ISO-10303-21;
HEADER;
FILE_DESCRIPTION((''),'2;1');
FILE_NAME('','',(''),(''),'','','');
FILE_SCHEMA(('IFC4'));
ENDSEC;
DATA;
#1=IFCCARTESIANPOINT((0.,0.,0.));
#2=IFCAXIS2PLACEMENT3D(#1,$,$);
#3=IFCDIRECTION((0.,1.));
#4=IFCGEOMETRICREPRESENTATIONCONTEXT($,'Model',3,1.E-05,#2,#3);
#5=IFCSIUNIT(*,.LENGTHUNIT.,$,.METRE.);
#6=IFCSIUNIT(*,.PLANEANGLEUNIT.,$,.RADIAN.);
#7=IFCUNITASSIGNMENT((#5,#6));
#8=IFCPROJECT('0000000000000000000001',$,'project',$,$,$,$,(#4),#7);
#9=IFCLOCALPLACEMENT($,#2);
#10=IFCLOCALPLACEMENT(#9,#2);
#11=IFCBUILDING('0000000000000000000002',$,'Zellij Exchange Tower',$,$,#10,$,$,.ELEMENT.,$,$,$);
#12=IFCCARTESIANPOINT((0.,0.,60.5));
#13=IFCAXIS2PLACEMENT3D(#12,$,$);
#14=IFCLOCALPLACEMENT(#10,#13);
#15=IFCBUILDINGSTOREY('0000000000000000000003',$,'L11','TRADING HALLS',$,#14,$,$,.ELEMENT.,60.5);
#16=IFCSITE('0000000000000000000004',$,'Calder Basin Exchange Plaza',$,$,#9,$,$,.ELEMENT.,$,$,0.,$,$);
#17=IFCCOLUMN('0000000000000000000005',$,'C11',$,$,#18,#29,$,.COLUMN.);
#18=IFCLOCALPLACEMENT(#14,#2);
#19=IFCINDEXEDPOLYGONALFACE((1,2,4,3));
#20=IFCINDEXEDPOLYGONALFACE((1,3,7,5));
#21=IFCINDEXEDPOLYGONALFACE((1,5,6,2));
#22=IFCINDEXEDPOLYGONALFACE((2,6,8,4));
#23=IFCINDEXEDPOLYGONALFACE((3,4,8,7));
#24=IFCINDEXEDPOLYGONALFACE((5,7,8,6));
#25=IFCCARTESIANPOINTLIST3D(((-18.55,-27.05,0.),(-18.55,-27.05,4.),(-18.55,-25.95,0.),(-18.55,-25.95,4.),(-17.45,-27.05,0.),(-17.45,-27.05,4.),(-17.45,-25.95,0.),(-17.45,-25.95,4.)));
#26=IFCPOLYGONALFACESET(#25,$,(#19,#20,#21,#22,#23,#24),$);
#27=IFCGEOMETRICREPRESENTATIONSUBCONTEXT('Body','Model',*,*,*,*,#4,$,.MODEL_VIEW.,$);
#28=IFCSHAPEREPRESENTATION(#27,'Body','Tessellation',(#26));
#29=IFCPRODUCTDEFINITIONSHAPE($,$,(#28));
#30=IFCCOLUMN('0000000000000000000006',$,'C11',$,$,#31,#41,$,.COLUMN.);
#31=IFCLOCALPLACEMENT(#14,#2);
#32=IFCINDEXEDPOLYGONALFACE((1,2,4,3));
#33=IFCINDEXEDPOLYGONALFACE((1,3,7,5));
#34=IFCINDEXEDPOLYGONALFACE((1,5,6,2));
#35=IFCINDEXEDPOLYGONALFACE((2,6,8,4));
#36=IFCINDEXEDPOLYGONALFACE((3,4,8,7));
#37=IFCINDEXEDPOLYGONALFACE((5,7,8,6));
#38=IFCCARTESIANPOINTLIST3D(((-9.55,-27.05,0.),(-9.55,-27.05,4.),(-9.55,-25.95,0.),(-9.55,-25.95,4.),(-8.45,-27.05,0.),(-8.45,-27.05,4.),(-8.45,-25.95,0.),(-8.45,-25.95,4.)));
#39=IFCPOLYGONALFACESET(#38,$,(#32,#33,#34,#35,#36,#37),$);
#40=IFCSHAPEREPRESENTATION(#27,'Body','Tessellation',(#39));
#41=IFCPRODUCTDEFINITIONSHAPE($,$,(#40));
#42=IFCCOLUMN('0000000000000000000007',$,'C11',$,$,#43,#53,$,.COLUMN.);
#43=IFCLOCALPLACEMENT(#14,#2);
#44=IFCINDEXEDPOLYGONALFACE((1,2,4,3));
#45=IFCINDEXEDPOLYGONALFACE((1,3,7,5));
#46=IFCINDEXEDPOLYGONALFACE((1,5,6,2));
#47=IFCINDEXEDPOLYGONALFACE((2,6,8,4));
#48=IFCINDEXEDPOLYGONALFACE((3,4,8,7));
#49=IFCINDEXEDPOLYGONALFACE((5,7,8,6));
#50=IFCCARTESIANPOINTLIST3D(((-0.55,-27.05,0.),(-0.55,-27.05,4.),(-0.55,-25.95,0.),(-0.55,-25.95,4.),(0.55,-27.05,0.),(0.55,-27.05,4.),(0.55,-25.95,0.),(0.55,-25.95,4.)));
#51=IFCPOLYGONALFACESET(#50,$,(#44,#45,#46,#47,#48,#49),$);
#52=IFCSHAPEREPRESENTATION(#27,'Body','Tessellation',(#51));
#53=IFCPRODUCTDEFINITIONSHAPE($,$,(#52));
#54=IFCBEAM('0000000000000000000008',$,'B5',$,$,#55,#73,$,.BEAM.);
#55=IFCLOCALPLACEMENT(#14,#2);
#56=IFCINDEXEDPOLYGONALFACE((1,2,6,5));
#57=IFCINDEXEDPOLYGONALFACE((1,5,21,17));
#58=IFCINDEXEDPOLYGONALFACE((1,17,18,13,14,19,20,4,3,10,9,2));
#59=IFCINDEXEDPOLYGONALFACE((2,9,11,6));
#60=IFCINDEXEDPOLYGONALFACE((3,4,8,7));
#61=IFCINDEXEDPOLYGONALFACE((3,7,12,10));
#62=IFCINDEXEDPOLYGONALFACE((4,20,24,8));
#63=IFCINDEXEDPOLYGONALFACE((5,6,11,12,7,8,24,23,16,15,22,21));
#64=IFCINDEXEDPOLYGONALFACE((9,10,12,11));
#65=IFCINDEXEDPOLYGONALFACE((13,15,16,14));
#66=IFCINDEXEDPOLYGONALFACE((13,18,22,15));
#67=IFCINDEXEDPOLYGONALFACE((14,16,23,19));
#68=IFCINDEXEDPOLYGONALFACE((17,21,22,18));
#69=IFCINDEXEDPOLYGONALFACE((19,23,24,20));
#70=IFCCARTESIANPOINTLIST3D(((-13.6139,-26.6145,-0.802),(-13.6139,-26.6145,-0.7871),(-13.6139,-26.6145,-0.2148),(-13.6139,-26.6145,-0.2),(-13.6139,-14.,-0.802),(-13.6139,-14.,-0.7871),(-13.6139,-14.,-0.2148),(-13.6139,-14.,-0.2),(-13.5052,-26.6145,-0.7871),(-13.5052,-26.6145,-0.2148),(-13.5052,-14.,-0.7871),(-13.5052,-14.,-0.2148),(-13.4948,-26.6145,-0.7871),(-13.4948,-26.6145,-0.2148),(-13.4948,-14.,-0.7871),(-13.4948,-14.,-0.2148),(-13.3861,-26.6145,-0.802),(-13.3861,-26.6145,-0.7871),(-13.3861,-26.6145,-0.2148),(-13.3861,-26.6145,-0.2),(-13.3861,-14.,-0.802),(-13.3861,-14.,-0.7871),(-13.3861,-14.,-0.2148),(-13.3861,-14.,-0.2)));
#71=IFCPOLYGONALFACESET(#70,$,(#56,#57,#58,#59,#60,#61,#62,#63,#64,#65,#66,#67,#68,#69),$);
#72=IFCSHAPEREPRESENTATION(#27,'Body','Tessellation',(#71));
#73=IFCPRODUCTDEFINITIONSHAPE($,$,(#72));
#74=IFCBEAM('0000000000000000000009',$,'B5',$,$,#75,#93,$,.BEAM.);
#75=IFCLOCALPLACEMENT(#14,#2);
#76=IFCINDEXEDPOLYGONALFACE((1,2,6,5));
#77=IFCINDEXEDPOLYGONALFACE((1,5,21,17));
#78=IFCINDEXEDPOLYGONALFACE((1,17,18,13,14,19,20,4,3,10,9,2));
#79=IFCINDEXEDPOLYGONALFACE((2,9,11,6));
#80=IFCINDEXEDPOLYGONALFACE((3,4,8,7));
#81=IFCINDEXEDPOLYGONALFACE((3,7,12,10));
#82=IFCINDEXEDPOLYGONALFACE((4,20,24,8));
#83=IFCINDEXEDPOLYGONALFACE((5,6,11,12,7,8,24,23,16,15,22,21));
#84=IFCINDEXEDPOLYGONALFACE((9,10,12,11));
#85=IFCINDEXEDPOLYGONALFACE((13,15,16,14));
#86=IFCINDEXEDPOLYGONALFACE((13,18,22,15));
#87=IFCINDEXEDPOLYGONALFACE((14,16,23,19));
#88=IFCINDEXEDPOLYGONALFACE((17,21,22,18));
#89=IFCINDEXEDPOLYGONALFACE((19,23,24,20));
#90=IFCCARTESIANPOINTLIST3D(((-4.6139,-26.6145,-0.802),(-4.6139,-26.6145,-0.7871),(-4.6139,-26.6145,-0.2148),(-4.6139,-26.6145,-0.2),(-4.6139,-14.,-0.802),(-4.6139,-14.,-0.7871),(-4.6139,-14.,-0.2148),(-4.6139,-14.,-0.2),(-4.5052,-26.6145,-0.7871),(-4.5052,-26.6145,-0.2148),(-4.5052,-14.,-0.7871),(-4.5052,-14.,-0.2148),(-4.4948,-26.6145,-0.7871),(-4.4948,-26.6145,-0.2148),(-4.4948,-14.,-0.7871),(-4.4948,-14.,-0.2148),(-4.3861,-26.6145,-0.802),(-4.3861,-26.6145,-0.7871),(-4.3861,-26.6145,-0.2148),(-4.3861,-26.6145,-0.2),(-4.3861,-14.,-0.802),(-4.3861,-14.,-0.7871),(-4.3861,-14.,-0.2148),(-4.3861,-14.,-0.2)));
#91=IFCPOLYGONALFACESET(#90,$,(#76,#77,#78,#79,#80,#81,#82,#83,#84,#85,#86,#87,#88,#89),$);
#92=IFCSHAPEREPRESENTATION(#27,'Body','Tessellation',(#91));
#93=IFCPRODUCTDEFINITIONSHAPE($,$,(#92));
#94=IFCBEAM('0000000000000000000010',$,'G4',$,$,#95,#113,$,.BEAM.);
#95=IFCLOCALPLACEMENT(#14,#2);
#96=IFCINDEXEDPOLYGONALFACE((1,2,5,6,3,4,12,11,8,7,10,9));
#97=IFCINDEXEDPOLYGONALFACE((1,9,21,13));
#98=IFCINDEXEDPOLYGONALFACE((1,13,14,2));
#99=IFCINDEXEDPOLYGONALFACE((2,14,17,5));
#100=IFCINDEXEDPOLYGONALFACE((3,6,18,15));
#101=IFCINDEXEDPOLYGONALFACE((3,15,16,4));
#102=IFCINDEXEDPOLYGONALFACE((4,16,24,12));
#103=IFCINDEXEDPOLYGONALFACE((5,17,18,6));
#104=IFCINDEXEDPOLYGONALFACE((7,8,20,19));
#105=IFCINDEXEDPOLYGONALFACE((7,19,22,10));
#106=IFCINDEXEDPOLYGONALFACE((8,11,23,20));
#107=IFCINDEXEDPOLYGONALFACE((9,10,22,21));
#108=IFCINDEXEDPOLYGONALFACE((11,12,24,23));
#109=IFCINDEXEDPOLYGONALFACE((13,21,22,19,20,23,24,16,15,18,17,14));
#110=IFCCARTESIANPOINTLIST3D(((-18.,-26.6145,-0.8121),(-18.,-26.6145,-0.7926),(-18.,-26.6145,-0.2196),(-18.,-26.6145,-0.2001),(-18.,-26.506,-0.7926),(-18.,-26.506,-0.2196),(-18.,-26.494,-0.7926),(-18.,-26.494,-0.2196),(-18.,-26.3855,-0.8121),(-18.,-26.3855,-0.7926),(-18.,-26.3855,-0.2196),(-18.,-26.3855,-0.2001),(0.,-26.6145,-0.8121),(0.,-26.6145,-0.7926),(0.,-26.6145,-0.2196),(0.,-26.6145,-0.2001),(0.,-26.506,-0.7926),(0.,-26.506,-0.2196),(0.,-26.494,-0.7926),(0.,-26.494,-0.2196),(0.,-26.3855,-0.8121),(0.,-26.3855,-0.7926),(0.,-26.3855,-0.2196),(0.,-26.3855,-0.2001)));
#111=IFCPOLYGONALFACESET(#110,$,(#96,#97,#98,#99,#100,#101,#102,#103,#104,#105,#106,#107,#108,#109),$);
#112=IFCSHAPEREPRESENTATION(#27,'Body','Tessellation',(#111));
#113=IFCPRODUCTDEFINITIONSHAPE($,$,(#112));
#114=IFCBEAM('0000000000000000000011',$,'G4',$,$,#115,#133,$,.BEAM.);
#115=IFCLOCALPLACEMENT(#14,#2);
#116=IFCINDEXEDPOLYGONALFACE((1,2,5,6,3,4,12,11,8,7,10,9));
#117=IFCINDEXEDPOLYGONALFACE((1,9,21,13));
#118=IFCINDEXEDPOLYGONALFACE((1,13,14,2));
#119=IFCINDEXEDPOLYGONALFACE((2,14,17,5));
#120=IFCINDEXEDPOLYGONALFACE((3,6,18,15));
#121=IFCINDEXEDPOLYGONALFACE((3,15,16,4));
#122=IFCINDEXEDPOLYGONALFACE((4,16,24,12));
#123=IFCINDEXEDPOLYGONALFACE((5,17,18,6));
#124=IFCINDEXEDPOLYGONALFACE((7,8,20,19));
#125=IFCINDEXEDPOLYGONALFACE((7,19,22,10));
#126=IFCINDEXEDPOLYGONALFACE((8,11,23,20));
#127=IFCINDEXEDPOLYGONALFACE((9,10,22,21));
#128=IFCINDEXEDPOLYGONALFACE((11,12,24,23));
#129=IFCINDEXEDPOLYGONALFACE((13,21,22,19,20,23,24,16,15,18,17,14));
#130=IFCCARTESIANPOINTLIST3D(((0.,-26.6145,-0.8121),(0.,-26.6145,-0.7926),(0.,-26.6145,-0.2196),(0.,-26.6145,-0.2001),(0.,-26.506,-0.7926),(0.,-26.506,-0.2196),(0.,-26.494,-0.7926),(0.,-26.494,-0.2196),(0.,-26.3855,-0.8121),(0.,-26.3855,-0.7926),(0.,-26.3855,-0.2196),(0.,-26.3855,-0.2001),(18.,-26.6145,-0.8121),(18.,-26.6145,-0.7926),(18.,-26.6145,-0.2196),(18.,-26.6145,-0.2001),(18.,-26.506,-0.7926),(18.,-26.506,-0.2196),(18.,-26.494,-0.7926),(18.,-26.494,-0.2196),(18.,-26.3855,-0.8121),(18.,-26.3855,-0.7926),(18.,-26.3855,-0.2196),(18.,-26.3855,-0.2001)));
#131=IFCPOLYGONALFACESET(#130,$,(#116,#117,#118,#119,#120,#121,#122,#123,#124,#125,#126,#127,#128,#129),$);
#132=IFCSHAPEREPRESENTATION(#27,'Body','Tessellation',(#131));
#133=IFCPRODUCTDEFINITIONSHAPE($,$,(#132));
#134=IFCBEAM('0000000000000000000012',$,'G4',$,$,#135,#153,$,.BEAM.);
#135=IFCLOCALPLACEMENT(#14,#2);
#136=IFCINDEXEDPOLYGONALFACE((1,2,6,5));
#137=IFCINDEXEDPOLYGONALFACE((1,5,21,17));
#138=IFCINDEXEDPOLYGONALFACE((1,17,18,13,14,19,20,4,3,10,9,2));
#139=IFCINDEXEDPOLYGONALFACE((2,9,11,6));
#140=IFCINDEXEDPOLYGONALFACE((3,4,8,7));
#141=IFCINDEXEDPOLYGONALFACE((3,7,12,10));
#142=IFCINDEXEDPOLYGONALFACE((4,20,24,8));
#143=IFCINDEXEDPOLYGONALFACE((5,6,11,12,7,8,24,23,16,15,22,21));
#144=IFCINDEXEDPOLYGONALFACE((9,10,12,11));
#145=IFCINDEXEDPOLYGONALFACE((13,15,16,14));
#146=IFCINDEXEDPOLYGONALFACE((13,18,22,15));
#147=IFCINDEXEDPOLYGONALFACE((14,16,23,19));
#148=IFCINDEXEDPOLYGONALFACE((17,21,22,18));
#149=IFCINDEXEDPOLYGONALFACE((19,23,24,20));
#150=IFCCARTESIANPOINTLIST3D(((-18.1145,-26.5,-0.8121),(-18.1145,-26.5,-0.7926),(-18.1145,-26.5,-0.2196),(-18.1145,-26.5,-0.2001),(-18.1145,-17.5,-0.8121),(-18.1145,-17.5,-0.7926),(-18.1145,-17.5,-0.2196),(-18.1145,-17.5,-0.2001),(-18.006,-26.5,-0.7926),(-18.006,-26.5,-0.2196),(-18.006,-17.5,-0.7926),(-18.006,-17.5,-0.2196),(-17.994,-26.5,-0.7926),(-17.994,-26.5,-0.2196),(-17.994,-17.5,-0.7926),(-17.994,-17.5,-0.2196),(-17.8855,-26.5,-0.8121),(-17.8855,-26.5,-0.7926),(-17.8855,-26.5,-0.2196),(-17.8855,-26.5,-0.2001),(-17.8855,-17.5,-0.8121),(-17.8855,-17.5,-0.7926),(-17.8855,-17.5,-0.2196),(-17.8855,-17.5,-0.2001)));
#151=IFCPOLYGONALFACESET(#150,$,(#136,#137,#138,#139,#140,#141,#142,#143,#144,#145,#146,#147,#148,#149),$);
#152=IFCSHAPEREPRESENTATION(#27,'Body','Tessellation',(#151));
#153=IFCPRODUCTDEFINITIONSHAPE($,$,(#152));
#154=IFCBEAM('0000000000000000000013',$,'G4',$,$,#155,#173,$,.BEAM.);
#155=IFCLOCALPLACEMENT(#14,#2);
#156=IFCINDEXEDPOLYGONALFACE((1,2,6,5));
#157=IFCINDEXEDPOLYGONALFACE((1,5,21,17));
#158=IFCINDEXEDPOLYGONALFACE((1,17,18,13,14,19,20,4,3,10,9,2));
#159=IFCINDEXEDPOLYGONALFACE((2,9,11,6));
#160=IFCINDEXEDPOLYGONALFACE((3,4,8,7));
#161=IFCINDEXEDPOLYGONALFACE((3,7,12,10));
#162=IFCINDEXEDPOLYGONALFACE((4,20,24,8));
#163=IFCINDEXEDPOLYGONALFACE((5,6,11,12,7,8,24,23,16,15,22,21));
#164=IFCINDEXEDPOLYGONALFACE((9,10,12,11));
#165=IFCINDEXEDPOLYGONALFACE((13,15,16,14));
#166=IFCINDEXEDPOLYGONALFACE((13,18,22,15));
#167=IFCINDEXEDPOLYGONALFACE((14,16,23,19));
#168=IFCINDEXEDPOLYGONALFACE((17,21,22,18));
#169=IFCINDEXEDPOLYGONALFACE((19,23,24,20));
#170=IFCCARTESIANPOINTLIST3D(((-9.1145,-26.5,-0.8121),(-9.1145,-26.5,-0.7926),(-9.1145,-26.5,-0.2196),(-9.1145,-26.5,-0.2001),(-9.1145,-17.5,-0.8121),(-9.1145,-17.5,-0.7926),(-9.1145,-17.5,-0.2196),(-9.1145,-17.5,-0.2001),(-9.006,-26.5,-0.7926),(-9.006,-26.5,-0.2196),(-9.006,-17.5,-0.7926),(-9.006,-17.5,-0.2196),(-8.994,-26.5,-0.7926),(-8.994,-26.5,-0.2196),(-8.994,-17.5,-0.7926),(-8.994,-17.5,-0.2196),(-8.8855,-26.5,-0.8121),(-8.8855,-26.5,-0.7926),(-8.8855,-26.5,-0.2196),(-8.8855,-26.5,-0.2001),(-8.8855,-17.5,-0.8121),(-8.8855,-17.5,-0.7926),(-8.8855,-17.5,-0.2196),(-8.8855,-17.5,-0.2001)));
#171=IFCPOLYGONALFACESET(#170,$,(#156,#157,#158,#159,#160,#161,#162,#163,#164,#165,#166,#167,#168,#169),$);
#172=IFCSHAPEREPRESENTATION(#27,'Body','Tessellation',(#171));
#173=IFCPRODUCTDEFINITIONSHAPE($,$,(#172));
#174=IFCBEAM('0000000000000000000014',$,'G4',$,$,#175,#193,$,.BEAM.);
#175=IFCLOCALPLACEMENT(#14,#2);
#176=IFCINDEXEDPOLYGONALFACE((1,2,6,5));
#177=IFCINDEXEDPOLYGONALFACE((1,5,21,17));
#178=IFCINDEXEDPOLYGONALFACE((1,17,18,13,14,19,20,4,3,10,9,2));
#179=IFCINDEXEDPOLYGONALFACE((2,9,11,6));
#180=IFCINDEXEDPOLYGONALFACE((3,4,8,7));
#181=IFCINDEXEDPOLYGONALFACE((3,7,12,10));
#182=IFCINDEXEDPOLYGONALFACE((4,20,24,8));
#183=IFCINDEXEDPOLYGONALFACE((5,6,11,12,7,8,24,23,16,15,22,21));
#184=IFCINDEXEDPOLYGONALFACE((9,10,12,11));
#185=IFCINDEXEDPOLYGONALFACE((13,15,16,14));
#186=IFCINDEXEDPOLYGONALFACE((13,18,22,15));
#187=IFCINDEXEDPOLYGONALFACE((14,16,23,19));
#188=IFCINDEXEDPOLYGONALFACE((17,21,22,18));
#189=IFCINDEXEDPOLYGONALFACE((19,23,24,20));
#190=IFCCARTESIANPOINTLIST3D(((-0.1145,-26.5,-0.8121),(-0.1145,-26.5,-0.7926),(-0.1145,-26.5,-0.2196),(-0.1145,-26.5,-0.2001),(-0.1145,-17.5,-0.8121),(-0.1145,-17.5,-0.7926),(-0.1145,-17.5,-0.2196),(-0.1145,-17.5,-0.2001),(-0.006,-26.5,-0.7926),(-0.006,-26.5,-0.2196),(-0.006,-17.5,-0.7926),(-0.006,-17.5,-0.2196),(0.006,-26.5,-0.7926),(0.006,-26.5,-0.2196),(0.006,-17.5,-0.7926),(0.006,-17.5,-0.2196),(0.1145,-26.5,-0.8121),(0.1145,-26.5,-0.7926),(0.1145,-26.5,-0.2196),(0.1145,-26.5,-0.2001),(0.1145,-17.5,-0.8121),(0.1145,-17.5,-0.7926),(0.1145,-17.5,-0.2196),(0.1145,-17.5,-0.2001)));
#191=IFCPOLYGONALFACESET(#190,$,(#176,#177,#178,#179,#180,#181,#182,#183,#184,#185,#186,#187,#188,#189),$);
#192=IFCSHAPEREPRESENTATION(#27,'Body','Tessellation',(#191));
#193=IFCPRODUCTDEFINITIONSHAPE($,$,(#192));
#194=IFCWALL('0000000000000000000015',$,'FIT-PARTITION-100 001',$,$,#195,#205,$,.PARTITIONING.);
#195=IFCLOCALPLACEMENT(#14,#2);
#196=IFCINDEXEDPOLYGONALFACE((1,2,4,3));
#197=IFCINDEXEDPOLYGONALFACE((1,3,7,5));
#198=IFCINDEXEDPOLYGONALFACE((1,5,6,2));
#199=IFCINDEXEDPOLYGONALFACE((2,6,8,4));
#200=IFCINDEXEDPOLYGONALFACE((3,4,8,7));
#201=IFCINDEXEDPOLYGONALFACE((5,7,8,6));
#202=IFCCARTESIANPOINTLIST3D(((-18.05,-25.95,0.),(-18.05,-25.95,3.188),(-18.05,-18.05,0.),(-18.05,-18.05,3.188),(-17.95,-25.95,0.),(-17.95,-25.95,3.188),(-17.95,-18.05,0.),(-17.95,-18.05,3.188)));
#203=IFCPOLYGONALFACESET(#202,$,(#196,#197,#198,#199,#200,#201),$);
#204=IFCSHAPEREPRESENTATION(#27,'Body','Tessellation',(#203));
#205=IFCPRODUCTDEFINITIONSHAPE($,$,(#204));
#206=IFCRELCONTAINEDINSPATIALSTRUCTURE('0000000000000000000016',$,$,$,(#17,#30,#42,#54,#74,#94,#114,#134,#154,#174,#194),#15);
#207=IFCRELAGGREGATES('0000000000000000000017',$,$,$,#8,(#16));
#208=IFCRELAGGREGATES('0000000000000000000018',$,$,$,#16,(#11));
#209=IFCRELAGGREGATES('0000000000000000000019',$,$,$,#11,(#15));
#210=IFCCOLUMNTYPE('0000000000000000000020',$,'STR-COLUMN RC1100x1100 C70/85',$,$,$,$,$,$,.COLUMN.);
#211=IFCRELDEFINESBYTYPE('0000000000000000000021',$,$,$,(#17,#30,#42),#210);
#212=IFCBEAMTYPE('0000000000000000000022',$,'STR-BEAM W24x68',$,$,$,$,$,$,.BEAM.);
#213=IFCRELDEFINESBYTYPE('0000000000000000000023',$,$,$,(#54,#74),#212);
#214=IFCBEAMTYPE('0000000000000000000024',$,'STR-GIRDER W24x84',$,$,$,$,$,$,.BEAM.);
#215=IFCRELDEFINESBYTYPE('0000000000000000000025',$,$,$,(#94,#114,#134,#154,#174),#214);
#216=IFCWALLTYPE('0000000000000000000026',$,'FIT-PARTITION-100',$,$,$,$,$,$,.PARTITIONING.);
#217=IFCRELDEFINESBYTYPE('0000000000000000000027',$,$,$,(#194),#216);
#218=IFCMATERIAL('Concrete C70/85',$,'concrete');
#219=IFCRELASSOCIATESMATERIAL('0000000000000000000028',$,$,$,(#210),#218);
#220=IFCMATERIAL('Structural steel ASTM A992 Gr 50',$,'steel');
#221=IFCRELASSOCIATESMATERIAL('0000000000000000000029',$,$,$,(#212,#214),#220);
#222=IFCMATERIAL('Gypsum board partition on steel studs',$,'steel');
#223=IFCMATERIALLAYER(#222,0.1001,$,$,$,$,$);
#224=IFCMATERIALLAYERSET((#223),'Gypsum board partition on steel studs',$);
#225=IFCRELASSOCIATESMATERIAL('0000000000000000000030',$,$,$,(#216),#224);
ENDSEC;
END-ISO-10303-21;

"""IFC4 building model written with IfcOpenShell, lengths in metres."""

from ifc_helpers import new_model, si_unit, direction, frame, frame_2d, origin, origin_2d, place, context, subcontext, project, spatial, rectangle, i_section, extrude, material, layer, layer_set, material_profile, profile_set, type_object, element, save


model = new_model("IFC4")

# Units and contexts
model_context = context("Model", 3, precision=1e-05, world=origin(), true_north=direction((0.0, 1.0)))
body_context = subcontext(model_context, "Body", "Model", "MODEL_VIEW")
ifc_project = project(units=[si_unit("LENGTHUNIT", "METRE"), si_unit("PLANEANGLEUNIT", "RADIAN")], contexts=[model_context])

# Site, building, storey
site_placement = place(None, origin())
site = spatial("IfcSite", under=ifc_project, at=site_placement, Name="Calder Basin Exchange Plaza", CompositionType="ELEMENT", RefElevation=0.0)
building_placement = place(site_placement, origin())
building = spatial("IfcBuilding", under=site, at=building_placement, Name="Zellij Exchange Tower", CompositionType="ELEMENT")
storey_placement = place(building_placement, frame((0.0, 0.0, 60.5)))
storey = spatial("IfcBuildingStorey", under=building, at=storey_placement, Name="L11", Description="TRADING HALLS", CompositionType="ELEMENT", Elevation=60.5)

# Columns
ifc_material_1 = material(Name="Concrete C70/85", Category="concrete")
ifc_material_profile_1 = material_profile(ifc_material_1, rectangle(XDim=1.1001, YDim=1.1001, at=origin_2d()), Name="STR-COLUMN RC1100x1100 C70/85")
ifc_profile_set_1 = profile_set([ifc_material_profile_1], Name="Concrete C70/85")
column_type = type_object("IfcColumnType", Name="STR-COLUMN RC1100x1100 C70/85", PredefinedType="COLUMN", material=ifc_profile_set_1)
for number, where, z_axis, x_axis, name in (
    (1, (-18.0, -26.5, 0.0), (0.0, 0.0, 1.0), (1.0, 0.0, 0.0), "C11"),
    (2, (-9.0, -26.5, 0.0), (0.0, 0.0, 1.0), (1.0, 0.0, 0.0), "C11"),
    (3, (0.0, -26.5, 0.0), (0.0, 0.0, 1.0), (1.0, 0.0, 0.0), "C11"),
):
    element("IfcColumn", number, at=place(storey_placement, frame(where, z_axis=z_axis, x_axis=x_axis)), inside=storey, type_object=column_type, Name=name, PredefinedType="COLUMN", context=body_context, shape_type="SweptSolid", body=[
        extrude(rectangle(XDim=1.1001, YDim=1.1001, at=origin_2d()), origin(), (0.0, 0.0, 1.0), 4.0),
    ])

# Beams
ifc_material_2 = material(Name="Structural steel ASTM A992 Gr 50", Category="steel")
ifc_material_profile_2 = material_profile(ifc_material_2, i_section(OverallWidth=0.2278, OverallDepth=0.6021, WebThickness=0.0105, FlangeThickness=0.0149, at=origin_2d()), Name="W24x68")
ifc_profile_set_2 = profile_set([ifc_material_profile_2], Name="Structural steel ASTM A992 Gr 50")
beam_type_1 = type_object("IfcBeamType", Name="STR-BEAM W24x68", PredefinedType="BEAM", material=ifc_profile_set_2)
for number, where, z_axis, x_axis, name in (
    (4, (-13.5, -26.6145, -0.501), (0.0, 1.0, 0.0), (-1.0, 0.0, 0.0), "B5"),
    (5, (-4.5, -26.6145, -0.501), (0.0, 1.0, 0.0), (-1.0, 0.0, 0.0), "B5"),
):
    element("IfcBeam", number, at=place(storey_placement, frame(where, z_axis=z_axis, x_axis=x_axis)), inside=storey, type_object=beam_type_1, Name=name, PredefinedType="BEAM", context=body_context, shape_type="SweptSolid", body=[
        extrude(i_section(OverallWidth=0.2278, OverallDepth=0.6021, WebThickness=0.0105, FlangeThickness=0.0149, at=origin_2d()), origin(), (0.0, 0.0, 1.0), 12.6145),
    ])
ifc_material_profile_3 = material_profile(ifc_material_2, i_section(OverallWidth=0.229, OverallDepth=0.6121, WebThickness=0.012, FlangeThickness=0.0195, at=origin_2d()), Name="W24x84")
ifc_profile_set_3 = profile_set([ifc_material_profile_3], Name="Structural steel ASTM A992 Gr 50")
beam_type_2 = type_object("IfcBeamType", Name="STR-GIRDER W24x84", PredefinedType="BEAM", material=ifc_profile_set_3)
for number, where, z_axis, x_axis, name in (
    (6, (-18.0, -26.5, -0.5061), (1.0, 0.0, 0.0), (0.0, 1.0, 0.0), "G4"),
    (7, (0.0, -26.5, -0.5061), (1.0, 0.0, 0.0), (0.0, 1.0, 0.0), "G4"),
):
    element("IfcBeam", number, at=place(storey_placement, frame(where, z_axis=z_axis, x_axis=x_axis)), inside=storey, type_object=beam_type_2, Name=name, PredefinedType="BEAM", context=body_context, shape_type="SweptSolid", body=[
        extrude(i_section(OverallWidth=0.229, OverallDepth=0.6121, WebThickness=0.012, FlangeThickness=0.0195, at=origin_2d()), origin(), (0.0, 0.0, 1.0), 18.0),
    ])
for number, where, z_axis, x_axis, name in (
    (8, (-18.0, -26.5, -0.5061), (0.0, 1.0, 0.0), (-1.0, 0.0, 0.0), "G4"),
    (9, (-9.0, -26.5, -0.5061), (0.0, 1.0, 0.0), (-1.0, 0.0, 0.0), "G4"),
    (10, (0.0, -26.5, -0.5061), (0.0, 1.0, 0.0), (-1.0, 0.0, 0.0), "G4"),
):
    element("IfcBeam", number, at=place(storey_placement, frame(where, z_axis=z_axis, x_axis=x_axis)), inside=storey, type_object=beam_type_2, Name=name, PredefinedType="BEAM", context=body_context, shape_type="SweptSolid", body=[
        extrude(i_section(OverallWidth=0.229, OverallDepth=0.6121, WebThickness=0.012, FlangeThickness=0.0195, at=origin_2d()), origin(), (0.0, 0.0, 1.0), 9.0),
    ])

# Wall
ifc_material_3 = material(Name="Gypsum board partition on steel studs", Category="steel")
ifc_layer_1 = layer(ifc_material_3, 0.1001)
ifc_layer_set_1 = layer_set([ifc_layer_1], Name="Gypsum board partition on steel studs")
wall_type = type_object("IfcWallType", Name="FIT-PARTITION-100", PredefinedType="PARTITIONING", material=ifc_layer_set_1)
wall_1_placement = place(storey_placement, frame((-18.0, -25.95, 0.0), z_axis=(0.0, 0.0, 1.0), x_axis=(0.0, 1.0, 0.0)))
element("IfcWall", 11, at=wall_1_placement, inside=storey, type_object=wall_type, Name="FIT-PARTITION-100 001", PredefinedType="PARTITIONING", context=body_context, shape_type="SweptSolid", body=[
    extrude(rectangle(XDim=7.8999, YDim=0.1001, at=frame_2d((3.95, 0.0))), origin(), (0.0, 0.0, 1.0), 3.188),
])

save(model, "model.ifc")
